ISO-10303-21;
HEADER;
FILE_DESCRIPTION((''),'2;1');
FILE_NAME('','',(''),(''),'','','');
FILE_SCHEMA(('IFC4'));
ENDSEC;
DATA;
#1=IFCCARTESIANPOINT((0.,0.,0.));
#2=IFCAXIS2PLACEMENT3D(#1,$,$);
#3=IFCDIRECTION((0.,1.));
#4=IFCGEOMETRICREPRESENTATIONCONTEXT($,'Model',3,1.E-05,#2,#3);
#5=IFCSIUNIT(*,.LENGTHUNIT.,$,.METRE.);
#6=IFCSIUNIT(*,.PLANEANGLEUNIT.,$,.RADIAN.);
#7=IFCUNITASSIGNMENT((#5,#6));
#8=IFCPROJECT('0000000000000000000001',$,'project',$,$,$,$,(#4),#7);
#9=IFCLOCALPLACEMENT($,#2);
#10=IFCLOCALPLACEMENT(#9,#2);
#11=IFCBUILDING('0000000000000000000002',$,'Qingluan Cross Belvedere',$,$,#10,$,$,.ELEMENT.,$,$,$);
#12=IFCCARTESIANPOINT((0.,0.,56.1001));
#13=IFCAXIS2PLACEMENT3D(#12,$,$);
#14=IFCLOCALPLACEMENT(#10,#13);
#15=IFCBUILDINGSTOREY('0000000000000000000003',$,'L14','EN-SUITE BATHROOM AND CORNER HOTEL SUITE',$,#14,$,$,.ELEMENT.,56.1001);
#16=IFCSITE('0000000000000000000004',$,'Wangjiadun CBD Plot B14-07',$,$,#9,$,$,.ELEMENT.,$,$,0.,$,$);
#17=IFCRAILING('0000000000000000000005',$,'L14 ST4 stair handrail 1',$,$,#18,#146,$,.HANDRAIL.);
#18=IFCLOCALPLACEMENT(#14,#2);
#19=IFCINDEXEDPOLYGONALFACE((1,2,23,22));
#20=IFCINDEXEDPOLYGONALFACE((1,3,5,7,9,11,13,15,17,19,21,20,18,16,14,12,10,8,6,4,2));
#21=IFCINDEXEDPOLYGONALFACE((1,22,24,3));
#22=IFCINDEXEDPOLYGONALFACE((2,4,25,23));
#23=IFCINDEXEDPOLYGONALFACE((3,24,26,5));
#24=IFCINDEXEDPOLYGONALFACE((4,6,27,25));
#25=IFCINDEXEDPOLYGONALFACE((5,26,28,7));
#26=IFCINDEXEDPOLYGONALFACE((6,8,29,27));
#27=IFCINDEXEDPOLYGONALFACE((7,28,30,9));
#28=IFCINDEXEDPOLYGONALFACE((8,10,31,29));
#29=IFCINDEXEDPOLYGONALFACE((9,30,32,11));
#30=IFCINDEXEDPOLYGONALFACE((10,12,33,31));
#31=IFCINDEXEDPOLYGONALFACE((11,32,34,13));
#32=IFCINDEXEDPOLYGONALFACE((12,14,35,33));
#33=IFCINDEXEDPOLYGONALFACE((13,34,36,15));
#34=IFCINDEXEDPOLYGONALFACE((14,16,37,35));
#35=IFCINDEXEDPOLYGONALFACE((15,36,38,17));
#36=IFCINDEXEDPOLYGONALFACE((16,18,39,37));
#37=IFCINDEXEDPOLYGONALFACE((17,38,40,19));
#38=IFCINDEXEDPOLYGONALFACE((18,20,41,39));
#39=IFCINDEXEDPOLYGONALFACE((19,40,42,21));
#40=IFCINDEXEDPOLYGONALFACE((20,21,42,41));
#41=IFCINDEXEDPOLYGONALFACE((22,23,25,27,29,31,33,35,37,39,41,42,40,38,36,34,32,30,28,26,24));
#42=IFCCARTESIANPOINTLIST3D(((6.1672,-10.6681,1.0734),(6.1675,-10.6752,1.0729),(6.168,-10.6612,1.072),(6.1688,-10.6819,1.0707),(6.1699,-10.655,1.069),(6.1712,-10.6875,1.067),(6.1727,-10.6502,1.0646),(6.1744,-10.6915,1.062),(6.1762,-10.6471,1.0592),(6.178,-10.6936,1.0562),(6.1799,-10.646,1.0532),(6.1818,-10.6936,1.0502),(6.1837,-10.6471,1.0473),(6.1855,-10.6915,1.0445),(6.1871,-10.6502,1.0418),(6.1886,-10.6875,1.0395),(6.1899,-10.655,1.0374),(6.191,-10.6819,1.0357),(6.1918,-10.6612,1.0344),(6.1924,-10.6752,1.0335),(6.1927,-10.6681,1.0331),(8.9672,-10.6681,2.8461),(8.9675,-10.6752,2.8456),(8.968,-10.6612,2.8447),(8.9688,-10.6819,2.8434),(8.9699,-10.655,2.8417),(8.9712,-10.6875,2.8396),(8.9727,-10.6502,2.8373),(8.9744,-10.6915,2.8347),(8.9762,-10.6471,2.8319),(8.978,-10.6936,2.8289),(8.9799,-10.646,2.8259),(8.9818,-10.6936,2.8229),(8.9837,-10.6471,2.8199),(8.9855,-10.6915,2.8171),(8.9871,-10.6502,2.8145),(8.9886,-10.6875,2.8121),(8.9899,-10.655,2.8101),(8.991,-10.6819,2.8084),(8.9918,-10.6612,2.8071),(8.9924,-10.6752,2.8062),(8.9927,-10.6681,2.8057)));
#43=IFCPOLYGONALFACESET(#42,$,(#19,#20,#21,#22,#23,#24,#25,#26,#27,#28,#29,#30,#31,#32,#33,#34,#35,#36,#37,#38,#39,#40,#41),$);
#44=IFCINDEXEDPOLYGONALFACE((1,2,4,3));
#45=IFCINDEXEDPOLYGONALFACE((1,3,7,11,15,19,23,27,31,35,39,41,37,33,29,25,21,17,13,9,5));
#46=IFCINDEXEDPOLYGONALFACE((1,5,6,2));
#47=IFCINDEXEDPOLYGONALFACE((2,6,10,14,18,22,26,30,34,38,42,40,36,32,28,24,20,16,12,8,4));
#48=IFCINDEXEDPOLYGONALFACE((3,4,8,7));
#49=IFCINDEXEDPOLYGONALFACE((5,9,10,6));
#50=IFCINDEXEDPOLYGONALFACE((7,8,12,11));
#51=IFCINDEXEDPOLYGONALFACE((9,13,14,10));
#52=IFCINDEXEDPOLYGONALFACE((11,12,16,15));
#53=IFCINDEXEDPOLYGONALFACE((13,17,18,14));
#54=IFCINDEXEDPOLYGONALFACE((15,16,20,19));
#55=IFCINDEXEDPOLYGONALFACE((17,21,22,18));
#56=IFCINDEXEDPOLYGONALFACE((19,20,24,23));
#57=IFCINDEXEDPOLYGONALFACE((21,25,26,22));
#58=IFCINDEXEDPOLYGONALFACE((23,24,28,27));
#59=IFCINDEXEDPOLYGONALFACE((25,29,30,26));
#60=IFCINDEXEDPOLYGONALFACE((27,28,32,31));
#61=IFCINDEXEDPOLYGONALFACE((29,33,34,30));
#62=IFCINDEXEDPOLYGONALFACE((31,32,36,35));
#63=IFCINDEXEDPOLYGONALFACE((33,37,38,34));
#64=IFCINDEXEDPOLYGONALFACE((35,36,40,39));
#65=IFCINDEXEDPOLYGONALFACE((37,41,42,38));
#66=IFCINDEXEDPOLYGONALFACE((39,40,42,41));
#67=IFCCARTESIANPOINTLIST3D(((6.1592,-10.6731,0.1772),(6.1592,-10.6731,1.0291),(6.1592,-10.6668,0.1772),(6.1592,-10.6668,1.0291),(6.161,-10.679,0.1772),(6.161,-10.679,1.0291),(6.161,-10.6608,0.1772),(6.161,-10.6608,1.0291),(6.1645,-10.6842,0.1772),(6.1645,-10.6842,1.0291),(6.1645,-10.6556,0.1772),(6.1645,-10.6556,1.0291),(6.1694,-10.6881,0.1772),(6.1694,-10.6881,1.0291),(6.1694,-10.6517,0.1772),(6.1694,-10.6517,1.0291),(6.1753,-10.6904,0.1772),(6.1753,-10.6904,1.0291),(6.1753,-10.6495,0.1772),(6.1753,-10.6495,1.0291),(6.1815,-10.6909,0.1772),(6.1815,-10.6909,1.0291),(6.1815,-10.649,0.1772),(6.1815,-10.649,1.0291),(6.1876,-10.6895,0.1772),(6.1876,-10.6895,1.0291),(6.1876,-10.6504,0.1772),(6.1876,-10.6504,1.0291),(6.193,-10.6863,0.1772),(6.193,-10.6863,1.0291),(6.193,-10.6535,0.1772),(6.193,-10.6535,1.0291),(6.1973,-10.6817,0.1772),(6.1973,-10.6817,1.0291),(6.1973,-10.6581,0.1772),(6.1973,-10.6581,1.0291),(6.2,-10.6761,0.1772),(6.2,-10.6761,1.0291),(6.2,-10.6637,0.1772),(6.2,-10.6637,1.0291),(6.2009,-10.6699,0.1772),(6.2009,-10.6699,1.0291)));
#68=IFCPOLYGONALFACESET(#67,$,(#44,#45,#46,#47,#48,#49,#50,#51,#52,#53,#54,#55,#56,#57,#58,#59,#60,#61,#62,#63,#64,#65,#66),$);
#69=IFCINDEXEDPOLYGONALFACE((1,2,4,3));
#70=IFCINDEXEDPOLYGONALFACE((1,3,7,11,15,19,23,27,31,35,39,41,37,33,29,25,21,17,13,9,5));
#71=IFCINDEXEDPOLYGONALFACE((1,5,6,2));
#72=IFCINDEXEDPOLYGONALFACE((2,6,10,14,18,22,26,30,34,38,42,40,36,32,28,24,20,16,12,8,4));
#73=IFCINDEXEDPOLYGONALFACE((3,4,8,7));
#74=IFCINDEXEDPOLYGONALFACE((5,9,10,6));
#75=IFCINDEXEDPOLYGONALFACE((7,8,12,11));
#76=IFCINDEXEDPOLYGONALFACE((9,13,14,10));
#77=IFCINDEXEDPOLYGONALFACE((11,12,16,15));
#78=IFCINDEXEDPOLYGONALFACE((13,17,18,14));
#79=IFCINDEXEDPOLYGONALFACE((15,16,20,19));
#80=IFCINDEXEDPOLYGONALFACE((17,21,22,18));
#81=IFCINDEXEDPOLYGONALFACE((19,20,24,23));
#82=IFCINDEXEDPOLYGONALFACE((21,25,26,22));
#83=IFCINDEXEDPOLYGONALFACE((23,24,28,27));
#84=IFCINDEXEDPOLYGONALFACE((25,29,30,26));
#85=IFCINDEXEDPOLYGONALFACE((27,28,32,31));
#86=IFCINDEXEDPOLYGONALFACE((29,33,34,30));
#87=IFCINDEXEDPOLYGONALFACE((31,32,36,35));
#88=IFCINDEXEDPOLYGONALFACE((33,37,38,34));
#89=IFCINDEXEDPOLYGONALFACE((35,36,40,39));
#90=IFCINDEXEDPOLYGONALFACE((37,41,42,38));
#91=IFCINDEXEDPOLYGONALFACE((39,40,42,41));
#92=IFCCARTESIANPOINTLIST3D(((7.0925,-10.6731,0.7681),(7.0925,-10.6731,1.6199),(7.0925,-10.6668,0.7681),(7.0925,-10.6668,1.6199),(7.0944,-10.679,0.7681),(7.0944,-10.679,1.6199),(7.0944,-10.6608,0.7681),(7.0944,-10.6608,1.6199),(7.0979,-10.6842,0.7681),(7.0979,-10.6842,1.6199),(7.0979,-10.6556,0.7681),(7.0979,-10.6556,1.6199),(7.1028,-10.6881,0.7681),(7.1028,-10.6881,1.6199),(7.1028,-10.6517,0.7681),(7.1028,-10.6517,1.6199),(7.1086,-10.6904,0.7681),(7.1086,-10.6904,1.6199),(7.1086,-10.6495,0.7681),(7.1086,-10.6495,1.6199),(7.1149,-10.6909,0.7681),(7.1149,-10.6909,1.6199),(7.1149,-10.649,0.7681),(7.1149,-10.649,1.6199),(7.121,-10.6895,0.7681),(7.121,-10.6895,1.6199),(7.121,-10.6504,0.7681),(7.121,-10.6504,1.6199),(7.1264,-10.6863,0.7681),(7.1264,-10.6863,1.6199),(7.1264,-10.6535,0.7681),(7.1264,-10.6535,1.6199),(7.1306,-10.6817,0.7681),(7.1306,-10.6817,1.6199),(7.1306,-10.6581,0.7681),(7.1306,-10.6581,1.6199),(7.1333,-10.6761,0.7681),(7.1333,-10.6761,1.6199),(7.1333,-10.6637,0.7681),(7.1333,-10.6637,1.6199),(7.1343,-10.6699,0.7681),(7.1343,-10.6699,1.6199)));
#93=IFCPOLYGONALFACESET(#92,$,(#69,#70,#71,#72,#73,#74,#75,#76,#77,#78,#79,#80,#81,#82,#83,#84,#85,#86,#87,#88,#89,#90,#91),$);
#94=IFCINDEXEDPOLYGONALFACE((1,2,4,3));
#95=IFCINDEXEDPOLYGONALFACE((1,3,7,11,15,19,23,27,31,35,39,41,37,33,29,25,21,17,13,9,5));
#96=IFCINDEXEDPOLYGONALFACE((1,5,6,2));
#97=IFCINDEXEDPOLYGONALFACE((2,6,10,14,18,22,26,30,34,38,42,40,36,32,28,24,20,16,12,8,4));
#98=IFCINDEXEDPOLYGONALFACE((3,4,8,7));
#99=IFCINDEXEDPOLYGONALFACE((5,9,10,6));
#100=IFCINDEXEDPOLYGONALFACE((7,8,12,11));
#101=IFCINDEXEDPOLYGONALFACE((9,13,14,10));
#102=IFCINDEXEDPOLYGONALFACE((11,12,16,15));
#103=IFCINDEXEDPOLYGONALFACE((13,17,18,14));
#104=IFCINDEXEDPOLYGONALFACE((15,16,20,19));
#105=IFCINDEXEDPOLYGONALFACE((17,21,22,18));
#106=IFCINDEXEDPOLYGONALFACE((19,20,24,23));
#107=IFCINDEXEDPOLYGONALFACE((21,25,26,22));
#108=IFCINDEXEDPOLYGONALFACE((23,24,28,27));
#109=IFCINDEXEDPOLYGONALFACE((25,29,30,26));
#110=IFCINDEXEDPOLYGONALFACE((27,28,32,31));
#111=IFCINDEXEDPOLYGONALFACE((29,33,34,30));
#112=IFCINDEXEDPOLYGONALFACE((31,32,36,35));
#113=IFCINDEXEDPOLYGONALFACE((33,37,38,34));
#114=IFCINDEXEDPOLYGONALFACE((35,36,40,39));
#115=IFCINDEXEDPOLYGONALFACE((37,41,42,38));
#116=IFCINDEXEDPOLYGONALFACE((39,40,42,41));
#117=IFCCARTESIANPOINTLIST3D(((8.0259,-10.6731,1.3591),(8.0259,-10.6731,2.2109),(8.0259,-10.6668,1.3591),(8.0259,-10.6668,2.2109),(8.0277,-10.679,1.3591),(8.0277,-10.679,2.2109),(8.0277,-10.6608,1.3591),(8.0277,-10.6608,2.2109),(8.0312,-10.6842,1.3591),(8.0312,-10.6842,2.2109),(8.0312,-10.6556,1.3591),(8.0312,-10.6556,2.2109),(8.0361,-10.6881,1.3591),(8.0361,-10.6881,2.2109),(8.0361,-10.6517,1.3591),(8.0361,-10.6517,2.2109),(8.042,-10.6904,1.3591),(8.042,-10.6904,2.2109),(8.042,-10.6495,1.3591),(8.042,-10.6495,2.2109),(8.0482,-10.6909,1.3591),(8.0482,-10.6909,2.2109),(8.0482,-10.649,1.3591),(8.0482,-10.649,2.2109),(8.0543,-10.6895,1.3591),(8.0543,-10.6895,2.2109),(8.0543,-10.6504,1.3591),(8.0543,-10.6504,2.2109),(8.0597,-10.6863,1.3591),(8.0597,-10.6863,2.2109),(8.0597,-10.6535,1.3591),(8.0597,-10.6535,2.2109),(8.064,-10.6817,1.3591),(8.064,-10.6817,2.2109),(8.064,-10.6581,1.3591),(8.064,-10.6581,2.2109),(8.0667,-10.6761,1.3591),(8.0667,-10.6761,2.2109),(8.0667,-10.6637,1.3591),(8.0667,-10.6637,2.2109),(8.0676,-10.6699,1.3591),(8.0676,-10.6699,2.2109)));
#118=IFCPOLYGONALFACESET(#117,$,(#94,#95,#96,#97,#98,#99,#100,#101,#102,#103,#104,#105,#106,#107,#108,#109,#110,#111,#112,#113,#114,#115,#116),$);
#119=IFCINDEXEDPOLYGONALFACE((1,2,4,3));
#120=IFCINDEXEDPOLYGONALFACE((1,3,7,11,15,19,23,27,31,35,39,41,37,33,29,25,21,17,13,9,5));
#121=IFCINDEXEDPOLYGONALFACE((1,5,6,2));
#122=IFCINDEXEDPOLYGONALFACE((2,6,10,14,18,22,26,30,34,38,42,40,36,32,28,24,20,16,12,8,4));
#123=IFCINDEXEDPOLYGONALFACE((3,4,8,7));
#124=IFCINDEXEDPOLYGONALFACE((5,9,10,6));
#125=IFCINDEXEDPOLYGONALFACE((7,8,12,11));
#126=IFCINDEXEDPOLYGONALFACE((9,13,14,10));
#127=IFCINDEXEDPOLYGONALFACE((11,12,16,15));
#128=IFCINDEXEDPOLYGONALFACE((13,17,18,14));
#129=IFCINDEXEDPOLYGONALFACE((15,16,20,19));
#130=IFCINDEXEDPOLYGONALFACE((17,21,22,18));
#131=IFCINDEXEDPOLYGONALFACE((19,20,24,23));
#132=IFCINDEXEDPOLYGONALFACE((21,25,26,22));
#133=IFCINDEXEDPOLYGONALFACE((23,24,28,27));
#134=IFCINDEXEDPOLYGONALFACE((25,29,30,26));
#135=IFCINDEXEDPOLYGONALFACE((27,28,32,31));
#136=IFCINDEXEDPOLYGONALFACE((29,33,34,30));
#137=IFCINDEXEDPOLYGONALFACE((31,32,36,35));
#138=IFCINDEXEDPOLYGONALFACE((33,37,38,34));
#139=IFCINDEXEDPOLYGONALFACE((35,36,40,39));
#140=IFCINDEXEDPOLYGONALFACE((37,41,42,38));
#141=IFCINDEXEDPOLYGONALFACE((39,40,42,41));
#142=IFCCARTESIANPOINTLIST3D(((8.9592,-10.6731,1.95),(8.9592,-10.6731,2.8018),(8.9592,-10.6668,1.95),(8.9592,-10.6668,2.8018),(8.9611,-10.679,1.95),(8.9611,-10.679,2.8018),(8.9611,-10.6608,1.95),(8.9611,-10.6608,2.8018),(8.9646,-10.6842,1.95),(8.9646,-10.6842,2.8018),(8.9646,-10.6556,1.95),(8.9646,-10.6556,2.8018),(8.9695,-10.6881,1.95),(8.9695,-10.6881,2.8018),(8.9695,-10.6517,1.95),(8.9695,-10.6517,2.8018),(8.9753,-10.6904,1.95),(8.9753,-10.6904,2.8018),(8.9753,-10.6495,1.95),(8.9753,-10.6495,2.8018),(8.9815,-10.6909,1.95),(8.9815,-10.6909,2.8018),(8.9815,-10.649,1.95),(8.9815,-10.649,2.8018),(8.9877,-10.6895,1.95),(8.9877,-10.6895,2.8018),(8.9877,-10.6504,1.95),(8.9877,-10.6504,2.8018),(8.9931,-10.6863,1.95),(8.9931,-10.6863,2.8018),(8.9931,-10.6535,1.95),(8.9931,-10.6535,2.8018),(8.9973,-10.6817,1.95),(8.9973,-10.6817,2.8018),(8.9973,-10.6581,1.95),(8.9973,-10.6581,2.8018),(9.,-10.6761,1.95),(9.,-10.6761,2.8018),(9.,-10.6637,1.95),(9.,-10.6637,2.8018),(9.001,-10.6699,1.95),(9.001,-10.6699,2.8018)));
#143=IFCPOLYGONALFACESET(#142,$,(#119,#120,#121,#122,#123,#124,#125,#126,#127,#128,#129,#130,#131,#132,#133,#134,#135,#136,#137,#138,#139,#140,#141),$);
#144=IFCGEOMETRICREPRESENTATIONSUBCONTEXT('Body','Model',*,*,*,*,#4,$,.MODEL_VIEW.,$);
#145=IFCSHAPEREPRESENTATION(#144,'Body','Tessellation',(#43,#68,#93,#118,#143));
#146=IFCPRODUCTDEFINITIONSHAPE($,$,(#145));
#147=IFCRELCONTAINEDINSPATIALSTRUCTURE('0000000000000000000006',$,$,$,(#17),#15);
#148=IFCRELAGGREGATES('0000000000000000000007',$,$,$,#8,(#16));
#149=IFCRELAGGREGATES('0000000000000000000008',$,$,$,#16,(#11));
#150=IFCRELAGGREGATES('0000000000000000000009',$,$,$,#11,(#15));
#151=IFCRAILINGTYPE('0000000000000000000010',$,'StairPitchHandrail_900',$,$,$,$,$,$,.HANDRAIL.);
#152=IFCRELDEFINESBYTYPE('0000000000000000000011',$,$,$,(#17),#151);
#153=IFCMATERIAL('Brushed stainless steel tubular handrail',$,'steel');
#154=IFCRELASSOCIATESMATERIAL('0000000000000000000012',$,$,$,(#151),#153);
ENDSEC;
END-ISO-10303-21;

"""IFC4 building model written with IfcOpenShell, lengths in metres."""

from ifc_helpers import new_model, si_unit, direction, frame, origin, origin_2d, place, context, subcontext, project, spatial, circle, extrude, material, type_object, element, save


model = new_model("IFC4")

# Units and contexts
model_context = context("Model", 3, precision=1e-05, world=origin(), true_north=direction((0.0, 1.0)))
body_context = subcontext(model_context, "Body", "Model", "MODEL_VIEW")
ifc_project = project(units=[si_unit("LENGTHUNIT", "METRE"), si_unit("PLANEANGLEUNIT", "RADIAN")], contexts=[model_context])

# Site, building, storey
site_placement = place(None, origin())
site = spatial("IfcSite", under=ifc_project, at=site_placement, Name="Wangjiadun CBD Plot B14-07", CompositionType="ELEMENT", RefElevation=0.0)
building_placement = place(site_placement, origin())
building = spatial("IfcBuilding", under=site, at=building_placement, Name="Qingluan Cross Belvedere", CompositionType="ELEMENT")
storey_placement = place(building_placement, frame((0.0, 0.0, 56.1001)))
storey = spatial("IfcBuildingStorey", under=building, at=storey_placement, Name="L14", Description="EN-SUITE BATHROOM AND CORNER HOTEL SUITE", CompositionType="ELEMENT", Elevation=56.1001)

# Railing
ifc_material_1 = material(Name="Brushed stainless steel tubular handrail", Category="steel")
railing_type_1 = type_object("IfcRailingType", Name="StairPitchHandrail_900", PredefinedType="HANDRAIL", material=ifc_material_1)
for number, where, name in (
    (1, (6.1799, -10.6699, 0.1772), "L14 ST4 stair handrail 1"),
):
    element("IfcRailing", number, at=place(storey_placement, frame(where)), inside=storey, type_object=railing_type_1, Name=name, PredefinedType="HANDRAIL", context=body_context, shape_type="SweptSolid", body=[
        extrude(circle(Radius=0.0239, at=origin_2d()), frame((0.0, 0.0, 0.876), z_axis=(0.844909, 0.0, 0.53491), x_axis=(0.0, 1.0, 0.0)), (0.0, 0.0, 1.0), 3.314),
        extrude(circle(Radius=0.021, at=origin_2d()), origin(), (0.0, 0.0, 1.0), 0.8518),
        extrude(circle(Radius=0.021, at=origin_2d()), frame((0.9333, 0.0, 0.5908)), (0.0, 0.0, 1.0), 0.8518),
        extrude(circle(Radius=0.021, at=origin_2d()), frame((1.8667, 0.0, 1.1819)), (0.0, 0.0, 1.0), 0.8518),
        extrude(circle(Radius=0.021, at=origin_2d()), frame((2.8, 0.0, 1.7727)), (0.0, 0.0, 1.0), 0.8518),
    ])

save(model, "model.ifc")
